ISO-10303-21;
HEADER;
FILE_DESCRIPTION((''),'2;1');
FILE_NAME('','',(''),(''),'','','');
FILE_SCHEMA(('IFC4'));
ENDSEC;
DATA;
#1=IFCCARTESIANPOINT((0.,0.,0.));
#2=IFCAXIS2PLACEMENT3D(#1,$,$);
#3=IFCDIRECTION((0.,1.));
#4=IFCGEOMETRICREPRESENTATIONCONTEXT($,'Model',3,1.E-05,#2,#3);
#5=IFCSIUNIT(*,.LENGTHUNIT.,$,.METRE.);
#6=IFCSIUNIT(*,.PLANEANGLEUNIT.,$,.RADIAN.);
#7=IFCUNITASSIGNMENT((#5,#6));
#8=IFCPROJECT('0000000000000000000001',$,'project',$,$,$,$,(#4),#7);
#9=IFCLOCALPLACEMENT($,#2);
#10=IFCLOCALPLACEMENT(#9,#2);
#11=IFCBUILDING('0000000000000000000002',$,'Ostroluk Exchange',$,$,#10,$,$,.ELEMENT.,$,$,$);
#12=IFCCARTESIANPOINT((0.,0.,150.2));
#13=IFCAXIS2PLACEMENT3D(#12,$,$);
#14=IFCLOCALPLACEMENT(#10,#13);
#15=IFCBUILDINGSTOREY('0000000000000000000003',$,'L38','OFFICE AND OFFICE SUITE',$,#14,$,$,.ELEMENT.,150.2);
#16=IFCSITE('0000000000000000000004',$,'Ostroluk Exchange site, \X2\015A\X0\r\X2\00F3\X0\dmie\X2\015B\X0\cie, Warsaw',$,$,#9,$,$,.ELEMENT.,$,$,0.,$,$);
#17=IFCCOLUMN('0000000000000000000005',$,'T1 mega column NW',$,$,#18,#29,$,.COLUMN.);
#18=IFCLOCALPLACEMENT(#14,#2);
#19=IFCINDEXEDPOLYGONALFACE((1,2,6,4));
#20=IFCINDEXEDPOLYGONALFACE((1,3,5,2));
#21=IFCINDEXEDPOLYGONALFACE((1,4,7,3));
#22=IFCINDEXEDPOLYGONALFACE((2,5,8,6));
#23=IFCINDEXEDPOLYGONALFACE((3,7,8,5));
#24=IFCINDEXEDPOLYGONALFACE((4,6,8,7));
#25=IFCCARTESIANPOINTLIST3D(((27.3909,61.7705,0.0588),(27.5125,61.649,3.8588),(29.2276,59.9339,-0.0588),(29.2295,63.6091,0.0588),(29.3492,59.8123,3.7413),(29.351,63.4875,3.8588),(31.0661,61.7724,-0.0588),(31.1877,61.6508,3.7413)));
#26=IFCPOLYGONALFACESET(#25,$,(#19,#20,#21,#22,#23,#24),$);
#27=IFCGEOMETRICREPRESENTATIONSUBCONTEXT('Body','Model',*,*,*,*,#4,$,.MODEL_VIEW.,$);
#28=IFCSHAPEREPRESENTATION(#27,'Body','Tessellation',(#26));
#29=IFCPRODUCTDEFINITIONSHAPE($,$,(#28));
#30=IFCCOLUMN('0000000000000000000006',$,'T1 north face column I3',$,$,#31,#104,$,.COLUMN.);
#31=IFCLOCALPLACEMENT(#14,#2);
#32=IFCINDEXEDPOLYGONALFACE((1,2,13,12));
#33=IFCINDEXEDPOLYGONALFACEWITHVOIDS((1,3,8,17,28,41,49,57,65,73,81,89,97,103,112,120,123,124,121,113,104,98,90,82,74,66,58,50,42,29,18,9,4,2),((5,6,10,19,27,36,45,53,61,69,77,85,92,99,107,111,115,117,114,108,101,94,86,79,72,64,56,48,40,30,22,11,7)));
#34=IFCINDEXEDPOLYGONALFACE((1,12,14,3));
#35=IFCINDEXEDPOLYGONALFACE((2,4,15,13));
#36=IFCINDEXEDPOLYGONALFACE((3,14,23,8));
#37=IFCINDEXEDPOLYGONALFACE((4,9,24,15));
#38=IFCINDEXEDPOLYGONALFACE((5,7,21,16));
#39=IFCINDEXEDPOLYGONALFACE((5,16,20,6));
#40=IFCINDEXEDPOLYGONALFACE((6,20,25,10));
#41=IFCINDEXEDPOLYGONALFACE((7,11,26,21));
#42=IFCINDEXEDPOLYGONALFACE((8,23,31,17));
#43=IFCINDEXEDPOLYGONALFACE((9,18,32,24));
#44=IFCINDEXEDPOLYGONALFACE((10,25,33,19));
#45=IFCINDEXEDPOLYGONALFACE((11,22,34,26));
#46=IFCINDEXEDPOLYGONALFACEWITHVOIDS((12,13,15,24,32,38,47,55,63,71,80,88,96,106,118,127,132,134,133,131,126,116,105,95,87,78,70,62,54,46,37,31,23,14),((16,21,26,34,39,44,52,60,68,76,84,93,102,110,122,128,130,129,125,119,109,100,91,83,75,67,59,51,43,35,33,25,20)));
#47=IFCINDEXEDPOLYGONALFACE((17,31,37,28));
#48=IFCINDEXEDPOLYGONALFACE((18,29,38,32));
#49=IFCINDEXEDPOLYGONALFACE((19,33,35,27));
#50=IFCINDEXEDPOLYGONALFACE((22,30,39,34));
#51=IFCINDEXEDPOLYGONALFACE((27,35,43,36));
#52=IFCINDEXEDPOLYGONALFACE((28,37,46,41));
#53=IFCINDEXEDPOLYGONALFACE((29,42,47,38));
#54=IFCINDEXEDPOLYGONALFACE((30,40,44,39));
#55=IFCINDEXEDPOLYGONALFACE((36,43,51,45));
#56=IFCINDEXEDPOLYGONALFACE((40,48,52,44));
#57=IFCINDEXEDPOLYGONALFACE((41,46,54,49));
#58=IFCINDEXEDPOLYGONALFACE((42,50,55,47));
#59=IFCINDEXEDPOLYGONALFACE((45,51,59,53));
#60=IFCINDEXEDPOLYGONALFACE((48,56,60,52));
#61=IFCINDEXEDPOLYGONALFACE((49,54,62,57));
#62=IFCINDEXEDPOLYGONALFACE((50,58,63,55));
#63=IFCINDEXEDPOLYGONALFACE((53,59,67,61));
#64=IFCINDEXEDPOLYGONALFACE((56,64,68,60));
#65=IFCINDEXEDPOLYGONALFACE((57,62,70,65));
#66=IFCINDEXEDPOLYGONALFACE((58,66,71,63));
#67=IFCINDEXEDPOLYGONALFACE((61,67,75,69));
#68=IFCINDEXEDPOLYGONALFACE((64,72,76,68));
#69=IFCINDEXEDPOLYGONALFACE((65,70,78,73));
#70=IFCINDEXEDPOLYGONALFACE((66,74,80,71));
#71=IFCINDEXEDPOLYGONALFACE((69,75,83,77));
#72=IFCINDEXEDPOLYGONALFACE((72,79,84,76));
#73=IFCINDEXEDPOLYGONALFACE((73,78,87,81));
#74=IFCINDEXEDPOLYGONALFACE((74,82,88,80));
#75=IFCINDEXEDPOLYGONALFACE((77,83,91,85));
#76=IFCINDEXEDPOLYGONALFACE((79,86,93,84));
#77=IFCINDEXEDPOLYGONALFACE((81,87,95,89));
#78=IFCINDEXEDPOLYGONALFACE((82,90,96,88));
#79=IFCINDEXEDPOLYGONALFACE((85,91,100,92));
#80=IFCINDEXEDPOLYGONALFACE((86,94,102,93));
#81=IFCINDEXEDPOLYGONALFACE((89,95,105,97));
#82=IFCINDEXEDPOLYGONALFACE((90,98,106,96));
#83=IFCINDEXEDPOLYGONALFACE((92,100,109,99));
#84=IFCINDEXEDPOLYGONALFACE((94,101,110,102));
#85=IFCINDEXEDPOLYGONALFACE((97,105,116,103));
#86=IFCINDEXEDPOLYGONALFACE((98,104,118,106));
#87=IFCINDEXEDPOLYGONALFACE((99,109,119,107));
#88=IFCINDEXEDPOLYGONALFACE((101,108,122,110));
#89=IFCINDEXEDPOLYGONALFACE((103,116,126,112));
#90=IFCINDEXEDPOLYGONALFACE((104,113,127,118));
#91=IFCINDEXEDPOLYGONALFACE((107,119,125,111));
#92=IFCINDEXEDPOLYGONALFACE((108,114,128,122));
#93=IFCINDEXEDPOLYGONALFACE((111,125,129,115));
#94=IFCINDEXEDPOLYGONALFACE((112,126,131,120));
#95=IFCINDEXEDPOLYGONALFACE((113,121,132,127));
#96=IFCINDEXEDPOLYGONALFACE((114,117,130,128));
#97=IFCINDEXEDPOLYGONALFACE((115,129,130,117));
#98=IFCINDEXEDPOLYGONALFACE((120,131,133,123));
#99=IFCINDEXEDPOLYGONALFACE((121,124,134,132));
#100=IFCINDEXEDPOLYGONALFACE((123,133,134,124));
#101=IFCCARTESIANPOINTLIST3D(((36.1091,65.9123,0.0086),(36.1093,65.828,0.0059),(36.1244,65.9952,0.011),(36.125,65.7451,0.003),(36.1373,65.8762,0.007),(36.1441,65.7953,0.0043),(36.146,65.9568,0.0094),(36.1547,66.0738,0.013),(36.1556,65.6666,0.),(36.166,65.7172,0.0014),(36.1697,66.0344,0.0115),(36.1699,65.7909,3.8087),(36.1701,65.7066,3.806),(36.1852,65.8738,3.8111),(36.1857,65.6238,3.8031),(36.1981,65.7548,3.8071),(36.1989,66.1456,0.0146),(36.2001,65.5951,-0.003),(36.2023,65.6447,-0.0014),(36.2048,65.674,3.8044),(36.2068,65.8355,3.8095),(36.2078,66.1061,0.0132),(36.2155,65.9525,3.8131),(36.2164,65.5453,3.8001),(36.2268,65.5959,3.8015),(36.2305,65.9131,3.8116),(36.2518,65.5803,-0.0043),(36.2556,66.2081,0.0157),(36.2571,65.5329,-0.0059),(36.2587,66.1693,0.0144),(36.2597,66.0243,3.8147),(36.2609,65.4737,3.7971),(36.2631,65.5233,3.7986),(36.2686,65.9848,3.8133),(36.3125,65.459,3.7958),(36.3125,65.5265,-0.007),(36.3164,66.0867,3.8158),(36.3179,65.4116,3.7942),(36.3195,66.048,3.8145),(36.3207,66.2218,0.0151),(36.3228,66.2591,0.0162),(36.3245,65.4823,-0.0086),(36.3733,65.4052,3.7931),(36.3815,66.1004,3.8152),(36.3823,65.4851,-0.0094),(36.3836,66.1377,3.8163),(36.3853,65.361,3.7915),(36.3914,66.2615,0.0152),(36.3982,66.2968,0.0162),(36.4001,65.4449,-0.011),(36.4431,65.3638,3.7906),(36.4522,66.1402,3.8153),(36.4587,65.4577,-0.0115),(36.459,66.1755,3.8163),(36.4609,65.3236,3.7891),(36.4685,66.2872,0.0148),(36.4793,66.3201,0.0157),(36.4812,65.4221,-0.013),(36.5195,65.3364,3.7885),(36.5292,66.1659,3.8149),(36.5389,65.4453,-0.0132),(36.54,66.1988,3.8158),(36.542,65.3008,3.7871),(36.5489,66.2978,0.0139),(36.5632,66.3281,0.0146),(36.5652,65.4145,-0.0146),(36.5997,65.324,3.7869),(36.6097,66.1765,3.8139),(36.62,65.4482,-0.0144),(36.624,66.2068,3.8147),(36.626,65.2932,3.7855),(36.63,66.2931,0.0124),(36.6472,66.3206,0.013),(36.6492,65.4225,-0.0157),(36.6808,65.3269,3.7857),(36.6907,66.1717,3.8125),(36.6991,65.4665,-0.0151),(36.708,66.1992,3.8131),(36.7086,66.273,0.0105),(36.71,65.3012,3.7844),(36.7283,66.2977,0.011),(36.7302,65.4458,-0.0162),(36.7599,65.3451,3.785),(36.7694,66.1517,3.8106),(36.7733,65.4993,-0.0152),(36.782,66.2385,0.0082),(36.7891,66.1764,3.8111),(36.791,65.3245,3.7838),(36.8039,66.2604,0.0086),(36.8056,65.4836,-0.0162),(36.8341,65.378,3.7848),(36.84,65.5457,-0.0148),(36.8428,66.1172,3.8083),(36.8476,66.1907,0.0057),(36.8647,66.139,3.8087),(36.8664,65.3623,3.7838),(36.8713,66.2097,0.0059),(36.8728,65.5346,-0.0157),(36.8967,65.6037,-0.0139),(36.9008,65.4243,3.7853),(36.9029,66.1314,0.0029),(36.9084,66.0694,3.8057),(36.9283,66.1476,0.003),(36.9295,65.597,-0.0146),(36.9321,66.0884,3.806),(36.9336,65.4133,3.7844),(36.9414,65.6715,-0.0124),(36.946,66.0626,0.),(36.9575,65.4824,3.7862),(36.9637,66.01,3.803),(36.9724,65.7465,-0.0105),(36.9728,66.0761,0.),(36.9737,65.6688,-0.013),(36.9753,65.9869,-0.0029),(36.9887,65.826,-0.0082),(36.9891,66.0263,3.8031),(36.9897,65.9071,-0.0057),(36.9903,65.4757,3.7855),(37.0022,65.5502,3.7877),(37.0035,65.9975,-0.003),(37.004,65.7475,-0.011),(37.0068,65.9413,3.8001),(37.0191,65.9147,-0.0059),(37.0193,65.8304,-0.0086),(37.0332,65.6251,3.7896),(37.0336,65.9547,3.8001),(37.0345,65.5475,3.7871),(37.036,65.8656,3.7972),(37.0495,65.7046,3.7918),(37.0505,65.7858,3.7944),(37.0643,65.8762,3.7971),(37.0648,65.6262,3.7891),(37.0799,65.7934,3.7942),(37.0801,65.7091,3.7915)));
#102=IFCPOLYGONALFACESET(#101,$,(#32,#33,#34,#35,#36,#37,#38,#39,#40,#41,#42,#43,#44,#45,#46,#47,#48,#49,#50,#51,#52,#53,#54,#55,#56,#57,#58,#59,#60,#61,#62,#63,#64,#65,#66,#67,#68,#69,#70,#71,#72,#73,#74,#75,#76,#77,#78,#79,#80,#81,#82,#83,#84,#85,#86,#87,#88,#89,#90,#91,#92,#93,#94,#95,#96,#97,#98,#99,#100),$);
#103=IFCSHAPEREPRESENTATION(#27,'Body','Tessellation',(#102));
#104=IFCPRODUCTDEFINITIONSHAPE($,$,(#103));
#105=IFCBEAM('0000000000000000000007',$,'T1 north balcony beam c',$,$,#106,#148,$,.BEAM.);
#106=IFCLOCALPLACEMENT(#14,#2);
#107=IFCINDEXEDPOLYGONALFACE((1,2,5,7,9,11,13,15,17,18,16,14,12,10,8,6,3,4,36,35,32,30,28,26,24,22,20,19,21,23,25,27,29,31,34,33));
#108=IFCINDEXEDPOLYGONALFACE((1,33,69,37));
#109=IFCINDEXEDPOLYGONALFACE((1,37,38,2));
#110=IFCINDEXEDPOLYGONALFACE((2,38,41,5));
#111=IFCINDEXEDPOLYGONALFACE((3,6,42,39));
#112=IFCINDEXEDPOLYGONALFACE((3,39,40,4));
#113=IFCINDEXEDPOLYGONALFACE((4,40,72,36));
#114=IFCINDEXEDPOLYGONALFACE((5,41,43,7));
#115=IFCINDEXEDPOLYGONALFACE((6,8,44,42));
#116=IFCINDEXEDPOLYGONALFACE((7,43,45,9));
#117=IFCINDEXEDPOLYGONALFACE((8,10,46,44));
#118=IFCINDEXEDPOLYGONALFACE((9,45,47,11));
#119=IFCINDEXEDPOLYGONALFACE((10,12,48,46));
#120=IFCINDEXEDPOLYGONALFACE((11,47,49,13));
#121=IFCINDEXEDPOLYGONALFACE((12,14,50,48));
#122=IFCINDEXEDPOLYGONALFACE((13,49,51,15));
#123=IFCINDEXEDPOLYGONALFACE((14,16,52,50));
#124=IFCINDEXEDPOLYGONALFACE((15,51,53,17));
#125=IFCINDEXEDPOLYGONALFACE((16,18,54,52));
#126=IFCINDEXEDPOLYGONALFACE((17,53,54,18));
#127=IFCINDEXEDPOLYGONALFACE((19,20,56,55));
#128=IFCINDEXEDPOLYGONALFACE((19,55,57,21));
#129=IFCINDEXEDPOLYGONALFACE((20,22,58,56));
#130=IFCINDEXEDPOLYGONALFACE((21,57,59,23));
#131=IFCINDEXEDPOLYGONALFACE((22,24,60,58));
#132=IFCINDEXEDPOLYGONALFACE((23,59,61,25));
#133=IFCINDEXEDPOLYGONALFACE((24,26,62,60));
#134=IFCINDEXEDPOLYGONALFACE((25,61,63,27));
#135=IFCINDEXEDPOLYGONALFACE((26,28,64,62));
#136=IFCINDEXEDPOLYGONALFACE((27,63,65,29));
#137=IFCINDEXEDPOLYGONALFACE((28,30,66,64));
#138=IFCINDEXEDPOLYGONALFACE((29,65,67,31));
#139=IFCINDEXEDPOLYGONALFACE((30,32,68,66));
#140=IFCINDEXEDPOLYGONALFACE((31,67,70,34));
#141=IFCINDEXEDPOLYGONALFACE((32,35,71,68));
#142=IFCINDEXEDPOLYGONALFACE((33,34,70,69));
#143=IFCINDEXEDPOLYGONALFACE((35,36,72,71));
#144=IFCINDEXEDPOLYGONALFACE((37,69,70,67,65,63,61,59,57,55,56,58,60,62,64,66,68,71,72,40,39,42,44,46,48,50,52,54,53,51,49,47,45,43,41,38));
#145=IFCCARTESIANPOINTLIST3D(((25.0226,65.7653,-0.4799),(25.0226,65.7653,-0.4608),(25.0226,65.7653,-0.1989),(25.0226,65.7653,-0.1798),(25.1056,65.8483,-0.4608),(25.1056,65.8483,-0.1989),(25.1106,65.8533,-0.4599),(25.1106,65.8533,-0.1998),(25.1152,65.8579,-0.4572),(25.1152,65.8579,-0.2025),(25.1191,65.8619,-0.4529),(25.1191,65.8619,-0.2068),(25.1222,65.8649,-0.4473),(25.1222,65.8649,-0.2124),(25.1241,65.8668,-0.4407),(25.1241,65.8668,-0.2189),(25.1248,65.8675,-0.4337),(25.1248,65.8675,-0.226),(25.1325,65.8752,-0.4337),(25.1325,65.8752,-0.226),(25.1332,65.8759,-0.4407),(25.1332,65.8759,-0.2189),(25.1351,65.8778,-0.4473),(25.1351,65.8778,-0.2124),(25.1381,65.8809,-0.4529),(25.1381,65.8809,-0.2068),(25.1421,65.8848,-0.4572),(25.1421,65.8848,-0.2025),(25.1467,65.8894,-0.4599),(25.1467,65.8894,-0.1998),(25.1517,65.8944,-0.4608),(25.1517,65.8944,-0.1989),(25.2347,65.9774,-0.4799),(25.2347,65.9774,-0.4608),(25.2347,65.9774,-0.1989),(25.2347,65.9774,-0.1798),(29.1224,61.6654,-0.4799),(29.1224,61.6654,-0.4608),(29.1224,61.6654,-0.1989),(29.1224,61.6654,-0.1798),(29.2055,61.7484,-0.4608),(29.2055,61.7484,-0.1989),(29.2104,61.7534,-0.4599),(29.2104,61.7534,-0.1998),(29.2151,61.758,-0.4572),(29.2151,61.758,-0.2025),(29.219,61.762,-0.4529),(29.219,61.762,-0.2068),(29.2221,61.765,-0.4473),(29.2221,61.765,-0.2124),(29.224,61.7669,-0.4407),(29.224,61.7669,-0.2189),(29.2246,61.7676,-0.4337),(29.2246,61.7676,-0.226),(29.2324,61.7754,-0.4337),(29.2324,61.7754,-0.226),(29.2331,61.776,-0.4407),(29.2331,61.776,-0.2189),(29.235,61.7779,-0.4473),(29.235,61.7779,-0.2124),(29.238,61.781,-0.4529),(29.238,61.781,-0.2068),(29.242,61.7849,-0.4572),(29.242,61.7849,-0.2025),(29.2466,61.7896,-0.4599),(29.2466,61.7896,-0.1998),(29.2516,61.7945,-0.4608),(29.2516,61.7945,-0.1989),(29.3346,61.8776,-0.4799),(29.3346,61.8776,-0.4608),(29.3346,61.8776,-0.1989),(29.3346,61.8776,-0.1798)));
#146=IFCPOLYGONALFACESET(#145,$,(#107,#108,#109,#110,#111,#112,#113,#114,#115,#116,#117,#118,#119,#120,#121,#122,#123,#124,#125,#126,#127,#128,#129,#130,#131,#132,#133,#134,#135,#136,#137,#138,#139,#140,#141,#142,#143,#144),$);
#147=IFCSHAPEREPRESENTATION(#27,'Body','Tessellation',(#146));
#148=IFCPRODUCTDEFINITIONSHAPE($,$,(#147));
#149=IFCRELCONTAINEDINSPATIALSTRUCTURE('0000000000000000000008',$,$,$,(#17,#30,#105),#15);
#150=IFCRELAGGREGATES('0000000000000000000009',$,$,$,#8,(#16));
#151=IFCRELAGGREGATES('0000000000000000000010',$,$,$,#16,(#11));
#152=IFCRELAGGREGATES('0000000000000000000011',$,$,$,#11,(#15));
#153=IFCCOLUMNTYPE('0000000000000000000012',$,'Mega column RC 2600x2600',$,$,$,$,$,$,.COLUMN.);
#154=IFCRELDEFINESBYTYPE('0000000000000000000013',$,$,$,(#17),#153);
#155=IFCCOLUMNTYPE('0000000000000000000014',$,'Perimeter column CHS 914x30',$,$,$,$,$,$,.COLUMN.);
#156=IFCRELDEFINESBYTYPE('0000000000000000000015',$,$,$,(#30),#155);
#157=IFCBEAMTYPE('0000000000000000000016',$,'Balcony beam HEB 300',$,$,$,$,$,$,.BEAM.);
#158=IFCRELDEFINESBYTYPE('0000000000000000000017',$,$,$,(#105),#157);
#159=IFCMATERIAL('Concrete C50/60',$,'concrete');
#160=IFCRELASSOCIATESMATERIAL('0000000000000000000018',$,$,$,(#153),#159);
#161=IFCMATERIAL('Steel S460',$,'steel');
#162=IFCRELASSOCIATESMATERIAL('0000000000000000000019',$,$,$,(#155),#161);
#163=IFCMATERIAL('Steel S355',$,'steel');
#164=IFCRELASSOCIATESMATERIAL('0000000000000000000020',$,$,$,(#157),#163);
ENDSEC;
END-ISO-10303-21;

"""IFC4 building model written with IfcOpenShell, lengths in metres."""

from ifc_helpers import new_model, si_unit, direction, frame, origin, origin_2d, place, context, subcontext, project, spatial, rectangle, hollow_circle, i_section, extrude, material, material_profile, profile_set, type_object, element, save


model = new_model("IFC4")

# Units and contexts
model_context = context("Model", 3, precision=1e-05, world=origin(), true_north=direction((0.0, 1.0)))
body_context = subcontext(model_context, "Body", "Model", "MODEL_VIEW")
ifc_project = project(units=[si_unit("LENGTHUNIT", "METRE"), si_unit("PLANEANGLEUNIT", "RADIAN")], contexts=[model_context])

# Site, building, storey
site_placement = place(None, origin())
site = spatial("IfcSite", under=ifc_project, at=site_placement, Name="Ostroluk Exchange site, Śródmieście, Warsaw", CompositionType="ELEMENT", RefElevation=0.0)
building_placement = place(site_placement, origin())
building = spatial("IfcBuilding", under=site, at=building_placement, Name="Ostroluk Exchange", CompositionType="ELEMENT")
storey_placement = place(building_placement, frame((0.0, 0.0, 150.2)))
storey = spatial("IfcBuildingStorey", under=building, at=storey_placement, Name="L38", Description="OFFICE AND OFFICE SUITE", CompositionType="ELEMENT", Elevation=150.2)

# Columns
ifc_material_1 = material(Name="Concrete C50/60", Category="concrete")
ifc_material_profile_1 = material_profile(ifc_material_1, rectangle(XDim=2.6001, YDim=2.6001, at=origin_2d()), Name="RC 2600x2600")
ifc_profile_set_1 = profile_set([ifc_material_profile_1], Name="Concrete C50/60")
column_type_1 = type_object("IfcColumnType", Name="Mega column RC 2600x2600", PredefinedType="COLUMN", material=ifc_profile_set_1)
column_1_placement = place(storey_placement, frame((29.2285, 61.7715, 0.0), z_axis=(0.031962, -0.031962, 0.998978), x_axis=(0.707107, 0.707107, 0.0)))
element("IfcColumn", 1, at=column_1_placement, inside=storey, type_object=column_type_1, Name="T1 mega column NW", PredefinedType="COLUMN", context=body_context, shape_type="SweptSolid", body=[
    extrude(rectangle(XDim=2.6001, YDim=2.6001, at=origin_2d()), origin(), (0.0, 0.0, 1.0), 3.804),
])
ifc_material_2 = material(Name="Steel S460", Category="steel")
ifc_material_profile_2 = material_profile(ifc_material_2, hollow_circle(Radius=0.457, WallThickness=0.03, at=origin_2d()), Name="CHS 914x30")
ifc_profile_set_2 = profile_set([ifc_material_profile_2], Name="Steel S460")
column_type_2 = type_object("IfcColumnType", Name="Perimeter column CHS 914x30", PredefinedType="COLUMN", material=ifc_profile_set_2)
column_2_placement = place(storey_placement, frame((36.5642, 65.8713, 0.0), z_axis=(0.015987, -0.03191, 0.999363), x_axis=(0.894067, 0.447933, 0.0)))
element("IfcColumn", 2, at=column_2_placement, inside=storey, type_object=column_type_2, Name="T1 north face column I3", PredefinedType="COLUMN", context=body_context, shape_type="SweptSolid", body=[
    extrude(hollow_circle(Radius=0.457, WallThickness=0.03, at=origin_2d()), origin(), (0.0, 0.0, 1.0), 3.8025),
])

# Beam
ifc_material_3 = material(Name="Steel S355", Category="steel")
ifc_material_profile_3 = material_profile(ifc_material_3, i_section(OverallWidth=0.3, OverallDepth=0.3, WebThickness=0.011, FlangeThickness=0.019, FilletRadius=0.0271, at=origin_2d()), Name="HEB 300")
ifc_profile_set_3 = profile_set([ifc_material_profile_3], Name="Steel S355")
beam_type_1 = type_object("IfcBeamType", Name="Balcony beam HEB 300", PredefinedType="BEAM", material=ifc_profile_set_3)
beam_1_placement = place(storey_placement, frame((29.2285, 61.7715, -0.3298), z_axis=(-0.707107, 0.707107, 0.0), x_axis=(-0.707107, -0.707107, 0.0)))
element("IfcBeam", 3, at=beam_1_placement, inside=storey, type_object=beam_type_1, Name="T1 north balcony beam c", PredefinedType="BEAM", context=body_context, shape_type="SweptSolid", body=[
    extrude(i_section(OverallWidth=0.3, OverallDepth=0.3, WebThickness=0.011, FlangeThickness=0.019, FilletRadius=0.0271, at=origin_2d()), origin(), (0.0, 0.0, 1.0), 5.7981),
])

save(model, "model.ifc")
